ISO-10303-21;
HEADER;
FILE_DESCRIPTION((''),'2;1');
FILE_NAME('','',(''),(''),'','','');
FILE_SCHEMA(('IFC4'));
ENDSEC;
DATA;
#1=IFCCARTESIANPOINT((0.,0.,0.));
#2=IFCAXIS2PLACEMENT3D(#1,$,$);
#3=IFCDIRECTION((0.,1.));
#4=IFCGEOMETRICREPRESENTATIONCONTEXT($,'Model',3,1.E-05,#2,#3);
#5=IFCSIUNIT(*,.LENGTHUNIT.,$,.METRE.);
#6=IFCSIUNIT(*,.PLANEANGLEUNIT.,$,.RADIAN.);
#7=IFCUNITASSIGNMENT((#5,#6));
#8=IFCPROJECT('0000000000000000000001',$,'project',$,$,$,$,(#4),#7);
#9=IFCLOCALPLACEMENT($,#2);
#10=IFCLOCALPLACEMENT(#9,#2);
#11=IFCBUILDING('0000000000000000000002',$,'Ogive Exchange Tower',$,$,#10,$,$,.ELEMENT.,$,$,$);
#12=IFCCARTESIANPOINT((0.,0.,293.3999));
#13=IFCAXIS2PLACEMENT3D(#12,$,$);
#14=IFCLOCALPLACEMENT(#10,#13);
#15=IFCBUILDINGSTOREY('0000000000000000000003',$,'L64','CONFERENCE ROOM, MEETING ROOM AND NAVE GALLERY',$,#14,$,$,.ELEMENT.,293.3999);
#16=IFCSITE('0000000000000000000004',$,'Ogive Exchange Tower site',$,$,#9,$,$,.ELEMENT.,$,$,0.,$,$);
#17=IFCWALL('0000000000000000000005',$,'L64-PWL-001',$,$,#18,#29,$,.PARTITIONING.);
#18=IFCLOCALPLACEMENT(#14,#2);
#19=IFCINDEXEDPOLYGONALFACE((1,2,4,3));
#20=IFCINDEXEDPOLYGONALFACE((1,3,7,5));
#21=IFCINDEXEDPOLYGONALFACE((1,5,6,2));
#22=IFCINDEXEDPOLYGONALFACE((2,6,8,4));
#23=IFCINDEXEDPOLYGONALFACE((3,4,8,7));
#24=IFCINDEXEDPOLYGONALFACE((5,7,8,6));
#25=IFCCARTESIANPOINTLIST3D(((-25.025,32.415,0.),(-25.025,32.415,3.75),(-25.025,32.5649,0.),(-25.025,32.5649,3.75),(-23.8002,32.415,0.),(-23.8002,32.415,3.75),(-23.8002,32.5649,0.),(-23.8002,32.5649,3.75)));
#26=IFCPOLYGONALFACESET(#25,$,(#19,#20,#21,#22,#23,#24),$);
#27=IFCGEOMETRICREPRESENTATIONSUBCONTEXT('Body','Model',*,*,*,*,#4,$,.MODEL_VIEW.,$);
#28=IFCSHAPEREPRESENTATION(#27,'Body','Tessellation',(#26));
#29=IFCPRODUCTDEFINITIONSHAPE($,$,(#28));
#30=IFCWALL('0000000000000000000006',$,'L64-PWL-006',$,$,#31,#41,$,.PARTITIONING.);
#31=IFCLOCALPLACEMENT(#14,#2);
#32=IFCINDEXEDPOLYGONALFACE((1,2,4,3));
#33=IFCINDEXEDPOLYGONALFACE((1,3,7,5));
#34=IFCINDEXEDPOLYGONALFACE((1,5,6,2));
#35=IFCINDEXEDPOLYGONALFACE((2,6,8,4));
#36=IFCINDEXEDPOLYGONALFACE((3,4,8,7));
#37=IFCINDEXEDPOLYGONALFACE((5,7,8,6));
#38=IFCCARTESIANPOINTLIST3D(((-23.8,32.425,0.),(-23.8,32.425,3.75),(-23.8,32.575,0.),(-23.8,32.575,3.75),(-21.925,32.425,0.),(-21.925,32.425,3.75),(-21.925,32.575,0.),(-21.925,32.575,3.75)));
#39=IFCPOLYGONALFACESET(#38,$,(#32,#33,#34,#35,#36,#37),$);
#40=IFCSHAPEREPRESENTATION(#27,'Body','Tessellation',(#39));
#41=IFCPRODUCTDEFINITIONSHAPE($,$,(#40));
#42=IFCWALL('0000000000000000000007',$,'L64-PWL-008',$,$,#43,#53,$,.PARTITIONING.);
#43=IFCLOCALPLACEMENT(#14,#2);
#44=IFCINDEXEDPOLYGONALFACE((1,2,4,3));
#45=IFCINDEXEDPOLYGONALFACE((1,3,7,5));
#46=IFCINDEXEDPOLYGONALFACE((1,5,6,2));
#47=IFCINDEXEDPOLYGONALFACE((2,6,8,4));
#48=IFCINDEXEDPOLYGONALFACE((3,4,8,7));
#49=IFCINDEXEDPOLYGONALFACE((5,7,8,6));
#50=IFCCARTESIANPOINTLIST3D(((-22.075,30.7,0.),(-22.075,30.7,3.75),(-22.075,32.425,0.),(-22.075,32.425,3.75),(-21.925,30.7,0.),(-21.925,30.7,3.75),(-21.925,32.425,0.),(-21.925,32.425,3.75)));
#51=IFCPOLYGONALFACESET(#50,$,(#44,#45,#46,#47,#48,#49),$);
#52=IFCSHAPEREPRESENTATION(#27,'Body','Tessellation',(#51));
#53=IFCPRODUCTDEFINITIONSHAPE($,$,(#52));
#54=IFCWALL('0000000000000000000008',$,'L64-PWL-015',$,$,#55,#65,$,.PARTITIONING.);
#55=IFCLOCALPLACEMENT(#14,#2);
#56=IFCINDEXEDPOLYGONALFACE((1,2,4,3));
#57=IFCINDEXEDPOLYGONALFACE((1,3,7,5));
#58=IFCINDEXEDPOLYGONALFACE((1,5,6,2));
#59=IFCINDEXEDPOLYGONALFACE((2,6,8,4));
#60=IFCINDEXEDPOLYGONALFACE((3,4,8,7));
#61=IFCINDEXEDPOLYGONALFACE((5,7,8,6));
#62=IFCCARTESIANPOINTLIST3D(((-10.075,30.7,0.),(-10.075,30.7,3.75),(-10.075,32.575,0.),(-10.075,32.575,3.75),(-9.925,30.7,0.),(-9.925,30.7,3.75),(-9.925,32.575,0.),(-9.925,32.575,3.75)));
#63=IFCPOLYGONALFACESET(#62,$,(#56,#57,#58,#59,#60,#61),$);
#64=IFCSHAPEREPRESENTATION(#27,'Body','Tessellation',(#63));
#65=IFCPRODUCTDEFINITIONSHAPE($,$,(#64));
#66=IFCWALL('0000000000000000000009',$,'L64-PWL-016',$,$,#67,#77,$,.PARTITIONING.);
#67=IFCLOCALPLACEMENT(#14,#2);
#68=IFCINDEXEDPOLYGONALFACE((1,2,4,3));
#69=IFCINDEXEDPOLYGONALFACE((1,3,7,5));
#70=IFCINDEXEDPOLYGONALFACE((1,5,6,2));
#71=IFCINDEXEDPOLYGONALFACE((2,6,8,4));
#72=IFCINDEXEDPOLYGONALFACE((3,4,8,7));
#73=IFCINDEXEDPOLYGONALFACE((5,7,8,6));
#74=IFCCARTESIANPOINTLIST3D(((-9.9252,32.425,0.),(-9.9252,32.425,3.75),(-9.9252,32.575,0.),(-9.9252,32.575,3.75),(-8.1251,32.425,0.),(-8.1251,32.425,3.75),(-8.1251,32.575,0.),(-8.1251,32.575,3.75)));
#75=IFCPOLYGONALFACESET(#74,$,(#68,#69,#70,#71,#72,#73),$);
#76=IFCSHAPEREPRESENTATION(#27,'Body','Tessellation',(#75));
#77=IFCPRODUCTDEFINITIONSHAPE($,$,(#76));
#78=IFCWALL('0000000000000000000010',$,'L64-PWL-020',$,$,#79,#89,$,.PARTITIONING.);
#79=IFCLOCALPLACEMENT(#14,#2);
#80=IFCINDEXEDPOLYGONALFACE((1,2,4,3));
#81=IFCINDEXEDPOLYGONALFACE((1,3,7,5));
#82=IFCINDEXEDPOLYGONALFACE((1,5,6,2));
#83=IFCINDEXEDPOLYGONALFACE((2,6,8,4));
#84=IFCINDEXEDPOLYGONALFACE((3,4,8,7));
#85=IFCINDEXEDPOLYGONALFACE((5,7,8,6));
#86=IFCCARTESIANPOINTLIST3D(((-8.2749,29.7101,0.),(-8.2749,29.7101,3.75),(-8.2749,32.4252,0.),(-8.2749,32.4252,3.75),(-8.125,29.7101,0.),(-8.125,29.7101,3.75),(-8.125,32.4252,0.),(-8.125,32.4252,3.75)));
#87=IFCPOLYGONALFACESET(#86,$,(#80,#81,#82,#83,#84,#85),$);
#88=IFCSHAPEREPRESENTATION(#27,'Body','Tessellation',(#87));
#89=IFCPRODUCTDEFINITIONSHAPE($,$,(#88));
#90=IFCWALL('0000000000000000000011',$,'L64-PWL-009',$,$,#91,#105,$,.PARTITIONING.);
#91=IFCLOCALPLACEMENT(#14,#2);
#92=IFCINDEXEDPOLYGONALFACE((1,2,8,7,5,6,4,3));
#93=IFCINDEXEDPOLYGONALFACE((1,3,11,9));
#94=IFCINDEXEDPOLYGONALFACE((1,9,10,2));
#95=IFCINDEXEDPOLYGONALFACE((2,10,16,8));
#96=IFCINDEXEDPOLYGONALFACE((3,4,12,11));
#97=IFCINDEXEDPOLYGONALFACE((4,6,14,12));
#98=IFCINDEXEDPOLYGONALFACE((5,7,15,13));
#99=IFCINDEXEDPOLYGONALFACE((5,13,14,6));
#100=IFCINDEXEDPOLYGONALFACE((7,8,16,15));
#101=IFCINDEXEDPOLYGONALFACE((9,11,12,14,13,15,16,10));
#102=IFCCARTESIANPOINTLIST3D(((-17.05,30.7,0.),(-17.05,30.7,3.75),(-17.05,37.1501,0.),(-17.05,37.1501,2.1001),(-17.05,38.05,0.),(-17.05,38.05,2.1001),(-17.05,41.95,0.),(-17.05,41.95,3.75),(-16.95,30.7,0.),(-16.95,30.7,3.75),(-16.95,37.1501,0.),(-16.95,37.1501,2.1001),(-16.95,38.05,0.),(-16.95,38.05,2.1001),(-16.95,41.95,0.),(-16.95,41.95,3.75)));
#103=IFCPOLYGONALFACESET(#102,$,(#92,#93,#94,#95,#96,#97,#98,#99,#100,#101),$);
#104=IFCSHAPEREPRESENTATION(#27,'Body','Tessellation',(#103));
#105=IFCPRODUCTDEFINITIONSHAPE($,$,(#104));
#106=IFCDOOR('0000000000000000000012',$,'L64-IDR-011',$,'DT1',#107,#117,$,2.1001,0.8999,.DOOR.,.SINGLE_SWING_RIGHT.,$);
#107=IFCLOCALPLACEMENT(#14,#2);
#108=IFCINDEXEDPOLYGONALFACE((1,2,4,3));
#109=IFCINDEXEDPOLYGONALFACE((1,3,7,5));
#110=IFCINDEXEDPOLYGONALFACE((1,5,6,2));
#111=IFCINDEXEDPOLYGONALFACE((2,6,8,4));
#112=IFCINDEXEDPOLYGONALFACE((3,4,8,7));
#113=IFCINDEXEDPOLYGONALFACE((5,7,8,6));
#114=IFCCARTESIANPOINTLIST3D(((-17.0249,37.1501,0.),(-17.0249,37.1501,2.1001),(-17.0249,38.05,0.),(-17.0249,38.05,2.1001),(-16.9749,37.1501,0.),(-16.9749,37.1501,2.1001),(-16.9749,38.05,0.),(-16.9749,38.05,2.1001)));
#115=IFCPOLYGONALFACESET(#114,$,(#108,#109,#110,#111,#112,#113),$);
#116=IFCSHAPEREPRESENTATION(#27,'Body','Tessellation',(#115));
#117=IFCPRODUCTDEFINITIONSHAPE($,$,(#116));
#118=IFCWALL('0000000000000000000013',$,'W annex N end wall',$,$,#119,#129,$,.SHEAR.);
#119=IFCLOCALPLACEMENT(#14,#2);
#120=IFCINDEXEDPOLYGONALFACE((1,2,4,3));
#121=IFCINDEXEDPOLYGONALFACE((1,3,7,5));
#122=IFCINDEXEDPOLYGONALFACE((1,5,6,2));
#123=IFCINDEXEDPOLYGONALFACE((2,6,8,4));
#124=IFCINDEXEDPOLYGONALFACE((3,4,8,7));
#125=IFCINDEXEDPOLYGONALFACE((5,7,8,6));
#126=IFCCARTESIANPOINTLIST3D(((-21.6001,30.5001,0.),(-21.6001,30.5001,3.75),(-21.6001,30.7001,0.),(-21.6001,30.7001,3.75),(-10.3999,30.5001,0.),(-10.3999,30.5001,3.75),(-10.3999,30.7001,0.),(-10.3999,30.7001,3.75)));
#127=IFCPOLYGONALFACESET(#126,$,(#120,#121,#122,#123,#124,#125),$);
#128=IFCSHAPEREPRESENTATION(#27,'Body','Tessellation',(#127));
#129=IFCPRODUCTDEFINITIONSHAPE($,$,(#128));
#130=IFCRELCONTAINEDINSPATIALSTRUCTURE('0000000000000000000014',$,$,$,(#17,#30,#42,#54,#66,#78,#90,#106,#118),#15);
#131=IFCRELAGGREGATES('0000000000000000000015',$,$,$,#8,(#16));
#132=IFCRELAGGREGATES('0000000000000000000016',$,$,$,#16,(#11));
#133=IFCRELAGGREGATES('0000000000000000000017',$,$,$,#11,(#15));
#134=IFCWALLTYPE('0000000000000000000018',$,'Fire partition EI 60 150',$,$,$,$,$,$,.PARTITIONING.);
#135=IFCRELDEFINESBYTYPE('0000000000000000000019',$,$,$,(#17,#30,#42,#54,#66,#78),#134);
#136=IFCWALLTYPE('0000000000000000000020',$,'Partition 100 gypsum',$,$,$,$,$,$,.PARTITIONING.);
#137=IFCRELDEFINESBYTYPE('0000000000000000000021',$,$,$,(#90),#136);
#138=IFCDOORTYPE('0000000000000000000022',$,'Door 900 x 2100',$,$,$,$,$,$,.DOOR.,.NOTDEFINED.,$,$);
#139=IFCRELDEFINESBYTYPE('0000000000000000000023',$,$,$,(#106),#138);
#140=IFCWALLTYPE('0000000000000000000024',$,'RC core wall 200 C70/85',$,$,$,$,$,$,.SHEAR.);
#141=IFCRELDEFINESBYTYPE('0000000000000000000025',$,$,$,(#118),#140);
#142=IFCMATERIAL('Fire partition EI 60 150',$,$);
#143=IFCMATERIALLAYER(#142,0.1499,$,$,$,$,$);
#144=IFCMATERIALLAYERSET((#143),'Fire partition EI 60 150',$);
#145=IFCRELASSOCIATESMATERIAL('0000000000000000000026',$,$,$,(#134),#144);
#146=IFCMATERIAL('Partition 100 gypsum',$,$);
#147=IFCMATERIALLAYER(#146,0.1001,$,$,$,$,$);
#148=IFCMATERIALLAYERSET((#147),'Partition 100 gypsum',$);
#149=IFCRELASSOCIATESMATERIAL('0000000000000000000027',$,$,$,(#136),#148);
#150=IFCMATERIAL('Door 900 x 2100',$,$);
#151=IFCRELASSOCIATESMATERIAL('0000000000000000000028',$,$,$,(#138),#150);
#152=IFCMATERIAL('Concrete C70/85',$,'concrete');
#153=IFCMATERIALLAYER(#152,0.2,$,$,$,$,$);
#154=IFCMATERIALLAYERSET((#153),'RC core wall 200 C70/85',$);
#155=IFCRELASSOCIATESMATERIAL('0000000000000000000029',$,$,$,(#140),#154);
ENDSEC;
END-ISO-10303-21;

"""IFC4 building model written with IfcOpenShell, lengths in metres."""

from ifc_helpers import new_model, si_unit, direction, frame, frame_2d, origin, place, context, subcontext, project, spatial, rectangle, extrude, material, layer, layer_set, type_object, element, fill, save


model = new_model("IFC4")

# Units and contexts
model_context = context("Model", 3, precision=1e-05, world=origin(), true_north=direction((0.0, 1.0)))
body_context = subcontext(model_context, "Body", "Model", "MODEL_VIEW")
ifc_project = project(units=[si_unit("LENGTHUNIT", "METRE"), si_unit("PLANEANGLEUNIT", "RADIAN")], contexts=[model_context])

# Site, building, storey
site_placement = place(None, origin())
site = spatial("IfcSite", under=ifc_project, at=site_placement, Name="Ogive Exchange Tower site", CompositionType="ELEMENT", RefElevation=0.0)
building_placement = place(site_placement, origin())
building = spatial("IfcBuilding", under=site, at=building_placement, Name="Ogive Exchange Tower", CompositionType="ELEMENT")
storey_placement = place(building_placement, frame((0.0, 0.0, 293.3999)))
storey = spatial("IfcBuildingStorey", under=building, at=storey_placement, Name="L64", Description="CONFERENCE ROOM, MEETING ROOM AND NAVE GALLERY", CompositionType="ELEMENT", Elevation=293.3999)

# Walls
ifc_material_1 = material(Name="Fire partition EI 60 150")
ifc_layer_1 = layer(ifc_material_1, 0.1499)
ifc_layer_set_1 = layer_set([ifc_layer_1], Name="Fire partition EI 60 150")
wall_type_1 = type_object("IfcWallType", Name="Fire partition EI 60 150", PredefinedType="PARTITIONING", material=ifc_layer_set_1)
wall_1_placement = place(storey_placement, frame((-25.0249, 32.49, 0.0), z_axis=(0.0, 0.0, 1.0), x_axis=(1.0, 0.0, 0.0)))
element("IfcWall", 1, at=wall_1_placement, inside=storey, type_object=wall_type_1, Name="L64-PWL-001", PredefinedType="PARTITIONING", context=body_context, shape_type="SweptSolid", body=[
    extrude(rectangle(XDim=1.2249, YDim=0.1499, at=frame_2d((0.6123, 0.0))), origin(), (0.0, 0.0, 1.0), 3.75),
])
wall_2_placement = place(storey_placement, frame((-23.8, 32.5, 0.0), z_axis=(0.0, 0.0, 1.0), x_axis=(1.0, 0.0, 0.0)))
element("IfcWall", 2, at=wall_2_placement, inside=storey, type_object=wall_type_1, Name="L64-PWL-006", PredefinedType="PARTITIONING", context=body_context, shape_type="SweptSolid", body=[
    extrude(rectangle(XDim=1.875, YDim=0.1499, at=frame_2d((0.9375, 0.0))), origin(), (0.0, 0.0, 1.0), 3.75),
])
wall_3_placement = place(storey_placement, frame((-22.0, 32.425, 0.0), z_axis=(0.0, 0.0, 1.0), x_axis=(0.0, -1.0, 0.0)))
element("IfcWall", 3, at=wall_3_placement, inside=storey, type_object=wall_type_1, Name="L64-PWL-008", PredefinedType="PARTITIONING", context=body_context, shape_type="SweptSolid", body=[
    extrude(rectangle(XDim=1.7251, YDim=0.1499, at=frame_2d((0.8625, 0.0))), origin(), (0.0, 0.0, 1.0), 3.75),
])
wall_4_placement = place(storey_placement, frame((-10.0, 30.7, 0.0), z_axis=(0.0, 0.0, 1.0), x_axis=(0.0, 1.0, 0.0)))
element("IfcWall", 4, at=wall_4_placement, inside=storey, type_object=wall_type_1, Name="L64-PWL-015", PredefinedType="PARTITIONING", context=body_context, shape_type="SweptSolid", body=[
    extrude(rectangle(XDim=1.875, YDim=0.1499, at=frame_2d((0.9375, 0.0))), origin(), (0.0, 0.0, 1.0), 3.75),
])
wall_5_placement = place(storey_placement, frame((-9.925, 32.5, 0.0), z_axis=(0.0, 0.0, 1.0), x_axis=(1.0, 0.0, 0.0)))
element("IfcWall", 5, at=wall_5_placement, inside=storey, type_object=wall_type_1, Name="L64-PWL-016", PredefinedType="PARTITIONING", context=body_context, shape_type="SweptSolid", body=[
    extrude(rectangle(XDim=1.8, YDim=0.1499, at=frame_2d((0.8999, 0.0))), origin(), (0.0, 0.0, 1.0), 3.75),
])
wall_6_placement = place(storey_placement, frame((-8.2, 32.425, 0.0), z_axis=(0.0, 0.0, 1.0), x_axis=(0.0, -1.0, 0.0)))
element("IfcWall", 6, at=wall_6_placement, inside=storey, type_object=wall_type_1, Name="L64-PWL-020", PredefinedType="PARTITIONING", context=body_context, shape_type="SweptSolid", body=[
    extrude(rectangle(XDim=2.7151, YDim=0.1499, at=frame_2d((1.3574, 0.0))), origin(), (0.0, 0.0, 1.0), 3.75),
])

# Wall, opening, door
ifc_material_2 = material(Name="Partition 100 gypsum")
ifc_layer_2 = layer(ifc_material_2, 0.1001)
ifc_layer_set_2 = layer_set([ifc_layer_2], Name="Partition 100 gypsum")
wall_type_2 = type_object("IfcWallType", Name="Partition 100 gypsum", PredefinedType="PARTITIONING", material=ifc_layer_set_2)
wall_7_placement = place(storey_placement, frame((-17.0, 41.95, 0.0), z_axis=(0.0, 0.0, 1.0), x_axis=(0.0, -1.0, 0.0)))
wall_7 = element("IfcWall", 7, at=wall_7_placement, inside=storey, type_object=wall_type_2, Name="L64-PWL-009", PredefinedType="PARTITIONING", context=body_context, shape_type="SweptSolid", body=[
    extrude(rectangle(XDim=11.25, YDim=0.1001, at=frame_2d((5.625, 0.0))), origin(), (0.0, 0.0, 1.0), 3.75),
])
opening_placement = place(wall_7_placement, frame((3.8999, 0.0, 0.0)))
opening = element("IfcOpeningElement", 8, at=opening_placement, cuts=wall_7, PredefinedType="OPENING", context=body_context, shape_type="SweptSolid", body=[
    extrude(rectangle(XDim=0.8999, YDim=2.1001, at=frame_2d((0.45, 1.05))), frame((0.0, 0.0601, 0.0), z_axis=(0.0, -1.0, 0.0), x_axis=(1.0, 0.0, 0.0)), (0.0, 0.0, 1.0), 0.1201),
])
ifc_material_3 = material(Name="Door 900 x 2100")
door_type = type_object("IfcDoorType", Name="Door 900 x 2100", OperationType="NOTDEFINED", PredefinedType="DOOR", material=ifc_material_3)
door_placement = place(opening_placement, frame((0.8999, 0.0, 0.0), z_axis=(0.0, 0.0, 1.0), x_axis=(-1.0, 0.0, 0.0)))
door = element("IfcDoor", 9, at=door_placement, inside=storey, type_object=door_type, Name="L64-IDR-011", ObjectType="DT1", OperationType="SINGLE_SWING_RIGHT", OverallHeight=2.1001, OverallWidth=0.8999, PredefinedType="DOOR", context=body_context, shape_type="SweptSolid", body=[
    extrude(rectangle(XDim=0.8999, YDim=2.1001, at=frame_2d((0.45, 1.05))), frame((0.0, 0.0249, 0.0), z_axis=(0.0, -1.0, 0.0), x_axis=(1.0, 0.0, 0.0)), (0.0, 0.0, 1.0), 0.05),
])
fill(opening, door)

# Wall
ifc_material_4 = material(Name="Concrete C70/85", Category="concrete")
ifc_layer_3 = layer(ifc_material_4, 0.2)
ifc_layer_set_3 = layer_set([ifc_layer_3], Name="RC core wall 200 C70/85")
wall_type_3 = type_object("IfcWallType", Name="RC core wall 200 C70/85", PredefinedType="SHEAR", material=ifc_layer_set_3)
wall_8_placement = place(storey_placement, frame((-21.6001, 30.6001, 0.0), z_axis=(0.0, 0.0, 1.0), x_axis=(1.0, 0.0, 0.0)))
element("IfcWall", 10, at=wall_8_placement, inside=storey, type_object=wall_type_3, Name="W annex N end wall", PredefinedType="SHEAR", context=body_context, shape_type="SweptSolid", body=[
    extrude(rectangle(XDim=11.2002, YDim=0.2, at=frame_2d((5.6001, 0.0))), origin(), (0.0, 0.0, 1.0), 3.75),
])

save(model, "model.ifc")
